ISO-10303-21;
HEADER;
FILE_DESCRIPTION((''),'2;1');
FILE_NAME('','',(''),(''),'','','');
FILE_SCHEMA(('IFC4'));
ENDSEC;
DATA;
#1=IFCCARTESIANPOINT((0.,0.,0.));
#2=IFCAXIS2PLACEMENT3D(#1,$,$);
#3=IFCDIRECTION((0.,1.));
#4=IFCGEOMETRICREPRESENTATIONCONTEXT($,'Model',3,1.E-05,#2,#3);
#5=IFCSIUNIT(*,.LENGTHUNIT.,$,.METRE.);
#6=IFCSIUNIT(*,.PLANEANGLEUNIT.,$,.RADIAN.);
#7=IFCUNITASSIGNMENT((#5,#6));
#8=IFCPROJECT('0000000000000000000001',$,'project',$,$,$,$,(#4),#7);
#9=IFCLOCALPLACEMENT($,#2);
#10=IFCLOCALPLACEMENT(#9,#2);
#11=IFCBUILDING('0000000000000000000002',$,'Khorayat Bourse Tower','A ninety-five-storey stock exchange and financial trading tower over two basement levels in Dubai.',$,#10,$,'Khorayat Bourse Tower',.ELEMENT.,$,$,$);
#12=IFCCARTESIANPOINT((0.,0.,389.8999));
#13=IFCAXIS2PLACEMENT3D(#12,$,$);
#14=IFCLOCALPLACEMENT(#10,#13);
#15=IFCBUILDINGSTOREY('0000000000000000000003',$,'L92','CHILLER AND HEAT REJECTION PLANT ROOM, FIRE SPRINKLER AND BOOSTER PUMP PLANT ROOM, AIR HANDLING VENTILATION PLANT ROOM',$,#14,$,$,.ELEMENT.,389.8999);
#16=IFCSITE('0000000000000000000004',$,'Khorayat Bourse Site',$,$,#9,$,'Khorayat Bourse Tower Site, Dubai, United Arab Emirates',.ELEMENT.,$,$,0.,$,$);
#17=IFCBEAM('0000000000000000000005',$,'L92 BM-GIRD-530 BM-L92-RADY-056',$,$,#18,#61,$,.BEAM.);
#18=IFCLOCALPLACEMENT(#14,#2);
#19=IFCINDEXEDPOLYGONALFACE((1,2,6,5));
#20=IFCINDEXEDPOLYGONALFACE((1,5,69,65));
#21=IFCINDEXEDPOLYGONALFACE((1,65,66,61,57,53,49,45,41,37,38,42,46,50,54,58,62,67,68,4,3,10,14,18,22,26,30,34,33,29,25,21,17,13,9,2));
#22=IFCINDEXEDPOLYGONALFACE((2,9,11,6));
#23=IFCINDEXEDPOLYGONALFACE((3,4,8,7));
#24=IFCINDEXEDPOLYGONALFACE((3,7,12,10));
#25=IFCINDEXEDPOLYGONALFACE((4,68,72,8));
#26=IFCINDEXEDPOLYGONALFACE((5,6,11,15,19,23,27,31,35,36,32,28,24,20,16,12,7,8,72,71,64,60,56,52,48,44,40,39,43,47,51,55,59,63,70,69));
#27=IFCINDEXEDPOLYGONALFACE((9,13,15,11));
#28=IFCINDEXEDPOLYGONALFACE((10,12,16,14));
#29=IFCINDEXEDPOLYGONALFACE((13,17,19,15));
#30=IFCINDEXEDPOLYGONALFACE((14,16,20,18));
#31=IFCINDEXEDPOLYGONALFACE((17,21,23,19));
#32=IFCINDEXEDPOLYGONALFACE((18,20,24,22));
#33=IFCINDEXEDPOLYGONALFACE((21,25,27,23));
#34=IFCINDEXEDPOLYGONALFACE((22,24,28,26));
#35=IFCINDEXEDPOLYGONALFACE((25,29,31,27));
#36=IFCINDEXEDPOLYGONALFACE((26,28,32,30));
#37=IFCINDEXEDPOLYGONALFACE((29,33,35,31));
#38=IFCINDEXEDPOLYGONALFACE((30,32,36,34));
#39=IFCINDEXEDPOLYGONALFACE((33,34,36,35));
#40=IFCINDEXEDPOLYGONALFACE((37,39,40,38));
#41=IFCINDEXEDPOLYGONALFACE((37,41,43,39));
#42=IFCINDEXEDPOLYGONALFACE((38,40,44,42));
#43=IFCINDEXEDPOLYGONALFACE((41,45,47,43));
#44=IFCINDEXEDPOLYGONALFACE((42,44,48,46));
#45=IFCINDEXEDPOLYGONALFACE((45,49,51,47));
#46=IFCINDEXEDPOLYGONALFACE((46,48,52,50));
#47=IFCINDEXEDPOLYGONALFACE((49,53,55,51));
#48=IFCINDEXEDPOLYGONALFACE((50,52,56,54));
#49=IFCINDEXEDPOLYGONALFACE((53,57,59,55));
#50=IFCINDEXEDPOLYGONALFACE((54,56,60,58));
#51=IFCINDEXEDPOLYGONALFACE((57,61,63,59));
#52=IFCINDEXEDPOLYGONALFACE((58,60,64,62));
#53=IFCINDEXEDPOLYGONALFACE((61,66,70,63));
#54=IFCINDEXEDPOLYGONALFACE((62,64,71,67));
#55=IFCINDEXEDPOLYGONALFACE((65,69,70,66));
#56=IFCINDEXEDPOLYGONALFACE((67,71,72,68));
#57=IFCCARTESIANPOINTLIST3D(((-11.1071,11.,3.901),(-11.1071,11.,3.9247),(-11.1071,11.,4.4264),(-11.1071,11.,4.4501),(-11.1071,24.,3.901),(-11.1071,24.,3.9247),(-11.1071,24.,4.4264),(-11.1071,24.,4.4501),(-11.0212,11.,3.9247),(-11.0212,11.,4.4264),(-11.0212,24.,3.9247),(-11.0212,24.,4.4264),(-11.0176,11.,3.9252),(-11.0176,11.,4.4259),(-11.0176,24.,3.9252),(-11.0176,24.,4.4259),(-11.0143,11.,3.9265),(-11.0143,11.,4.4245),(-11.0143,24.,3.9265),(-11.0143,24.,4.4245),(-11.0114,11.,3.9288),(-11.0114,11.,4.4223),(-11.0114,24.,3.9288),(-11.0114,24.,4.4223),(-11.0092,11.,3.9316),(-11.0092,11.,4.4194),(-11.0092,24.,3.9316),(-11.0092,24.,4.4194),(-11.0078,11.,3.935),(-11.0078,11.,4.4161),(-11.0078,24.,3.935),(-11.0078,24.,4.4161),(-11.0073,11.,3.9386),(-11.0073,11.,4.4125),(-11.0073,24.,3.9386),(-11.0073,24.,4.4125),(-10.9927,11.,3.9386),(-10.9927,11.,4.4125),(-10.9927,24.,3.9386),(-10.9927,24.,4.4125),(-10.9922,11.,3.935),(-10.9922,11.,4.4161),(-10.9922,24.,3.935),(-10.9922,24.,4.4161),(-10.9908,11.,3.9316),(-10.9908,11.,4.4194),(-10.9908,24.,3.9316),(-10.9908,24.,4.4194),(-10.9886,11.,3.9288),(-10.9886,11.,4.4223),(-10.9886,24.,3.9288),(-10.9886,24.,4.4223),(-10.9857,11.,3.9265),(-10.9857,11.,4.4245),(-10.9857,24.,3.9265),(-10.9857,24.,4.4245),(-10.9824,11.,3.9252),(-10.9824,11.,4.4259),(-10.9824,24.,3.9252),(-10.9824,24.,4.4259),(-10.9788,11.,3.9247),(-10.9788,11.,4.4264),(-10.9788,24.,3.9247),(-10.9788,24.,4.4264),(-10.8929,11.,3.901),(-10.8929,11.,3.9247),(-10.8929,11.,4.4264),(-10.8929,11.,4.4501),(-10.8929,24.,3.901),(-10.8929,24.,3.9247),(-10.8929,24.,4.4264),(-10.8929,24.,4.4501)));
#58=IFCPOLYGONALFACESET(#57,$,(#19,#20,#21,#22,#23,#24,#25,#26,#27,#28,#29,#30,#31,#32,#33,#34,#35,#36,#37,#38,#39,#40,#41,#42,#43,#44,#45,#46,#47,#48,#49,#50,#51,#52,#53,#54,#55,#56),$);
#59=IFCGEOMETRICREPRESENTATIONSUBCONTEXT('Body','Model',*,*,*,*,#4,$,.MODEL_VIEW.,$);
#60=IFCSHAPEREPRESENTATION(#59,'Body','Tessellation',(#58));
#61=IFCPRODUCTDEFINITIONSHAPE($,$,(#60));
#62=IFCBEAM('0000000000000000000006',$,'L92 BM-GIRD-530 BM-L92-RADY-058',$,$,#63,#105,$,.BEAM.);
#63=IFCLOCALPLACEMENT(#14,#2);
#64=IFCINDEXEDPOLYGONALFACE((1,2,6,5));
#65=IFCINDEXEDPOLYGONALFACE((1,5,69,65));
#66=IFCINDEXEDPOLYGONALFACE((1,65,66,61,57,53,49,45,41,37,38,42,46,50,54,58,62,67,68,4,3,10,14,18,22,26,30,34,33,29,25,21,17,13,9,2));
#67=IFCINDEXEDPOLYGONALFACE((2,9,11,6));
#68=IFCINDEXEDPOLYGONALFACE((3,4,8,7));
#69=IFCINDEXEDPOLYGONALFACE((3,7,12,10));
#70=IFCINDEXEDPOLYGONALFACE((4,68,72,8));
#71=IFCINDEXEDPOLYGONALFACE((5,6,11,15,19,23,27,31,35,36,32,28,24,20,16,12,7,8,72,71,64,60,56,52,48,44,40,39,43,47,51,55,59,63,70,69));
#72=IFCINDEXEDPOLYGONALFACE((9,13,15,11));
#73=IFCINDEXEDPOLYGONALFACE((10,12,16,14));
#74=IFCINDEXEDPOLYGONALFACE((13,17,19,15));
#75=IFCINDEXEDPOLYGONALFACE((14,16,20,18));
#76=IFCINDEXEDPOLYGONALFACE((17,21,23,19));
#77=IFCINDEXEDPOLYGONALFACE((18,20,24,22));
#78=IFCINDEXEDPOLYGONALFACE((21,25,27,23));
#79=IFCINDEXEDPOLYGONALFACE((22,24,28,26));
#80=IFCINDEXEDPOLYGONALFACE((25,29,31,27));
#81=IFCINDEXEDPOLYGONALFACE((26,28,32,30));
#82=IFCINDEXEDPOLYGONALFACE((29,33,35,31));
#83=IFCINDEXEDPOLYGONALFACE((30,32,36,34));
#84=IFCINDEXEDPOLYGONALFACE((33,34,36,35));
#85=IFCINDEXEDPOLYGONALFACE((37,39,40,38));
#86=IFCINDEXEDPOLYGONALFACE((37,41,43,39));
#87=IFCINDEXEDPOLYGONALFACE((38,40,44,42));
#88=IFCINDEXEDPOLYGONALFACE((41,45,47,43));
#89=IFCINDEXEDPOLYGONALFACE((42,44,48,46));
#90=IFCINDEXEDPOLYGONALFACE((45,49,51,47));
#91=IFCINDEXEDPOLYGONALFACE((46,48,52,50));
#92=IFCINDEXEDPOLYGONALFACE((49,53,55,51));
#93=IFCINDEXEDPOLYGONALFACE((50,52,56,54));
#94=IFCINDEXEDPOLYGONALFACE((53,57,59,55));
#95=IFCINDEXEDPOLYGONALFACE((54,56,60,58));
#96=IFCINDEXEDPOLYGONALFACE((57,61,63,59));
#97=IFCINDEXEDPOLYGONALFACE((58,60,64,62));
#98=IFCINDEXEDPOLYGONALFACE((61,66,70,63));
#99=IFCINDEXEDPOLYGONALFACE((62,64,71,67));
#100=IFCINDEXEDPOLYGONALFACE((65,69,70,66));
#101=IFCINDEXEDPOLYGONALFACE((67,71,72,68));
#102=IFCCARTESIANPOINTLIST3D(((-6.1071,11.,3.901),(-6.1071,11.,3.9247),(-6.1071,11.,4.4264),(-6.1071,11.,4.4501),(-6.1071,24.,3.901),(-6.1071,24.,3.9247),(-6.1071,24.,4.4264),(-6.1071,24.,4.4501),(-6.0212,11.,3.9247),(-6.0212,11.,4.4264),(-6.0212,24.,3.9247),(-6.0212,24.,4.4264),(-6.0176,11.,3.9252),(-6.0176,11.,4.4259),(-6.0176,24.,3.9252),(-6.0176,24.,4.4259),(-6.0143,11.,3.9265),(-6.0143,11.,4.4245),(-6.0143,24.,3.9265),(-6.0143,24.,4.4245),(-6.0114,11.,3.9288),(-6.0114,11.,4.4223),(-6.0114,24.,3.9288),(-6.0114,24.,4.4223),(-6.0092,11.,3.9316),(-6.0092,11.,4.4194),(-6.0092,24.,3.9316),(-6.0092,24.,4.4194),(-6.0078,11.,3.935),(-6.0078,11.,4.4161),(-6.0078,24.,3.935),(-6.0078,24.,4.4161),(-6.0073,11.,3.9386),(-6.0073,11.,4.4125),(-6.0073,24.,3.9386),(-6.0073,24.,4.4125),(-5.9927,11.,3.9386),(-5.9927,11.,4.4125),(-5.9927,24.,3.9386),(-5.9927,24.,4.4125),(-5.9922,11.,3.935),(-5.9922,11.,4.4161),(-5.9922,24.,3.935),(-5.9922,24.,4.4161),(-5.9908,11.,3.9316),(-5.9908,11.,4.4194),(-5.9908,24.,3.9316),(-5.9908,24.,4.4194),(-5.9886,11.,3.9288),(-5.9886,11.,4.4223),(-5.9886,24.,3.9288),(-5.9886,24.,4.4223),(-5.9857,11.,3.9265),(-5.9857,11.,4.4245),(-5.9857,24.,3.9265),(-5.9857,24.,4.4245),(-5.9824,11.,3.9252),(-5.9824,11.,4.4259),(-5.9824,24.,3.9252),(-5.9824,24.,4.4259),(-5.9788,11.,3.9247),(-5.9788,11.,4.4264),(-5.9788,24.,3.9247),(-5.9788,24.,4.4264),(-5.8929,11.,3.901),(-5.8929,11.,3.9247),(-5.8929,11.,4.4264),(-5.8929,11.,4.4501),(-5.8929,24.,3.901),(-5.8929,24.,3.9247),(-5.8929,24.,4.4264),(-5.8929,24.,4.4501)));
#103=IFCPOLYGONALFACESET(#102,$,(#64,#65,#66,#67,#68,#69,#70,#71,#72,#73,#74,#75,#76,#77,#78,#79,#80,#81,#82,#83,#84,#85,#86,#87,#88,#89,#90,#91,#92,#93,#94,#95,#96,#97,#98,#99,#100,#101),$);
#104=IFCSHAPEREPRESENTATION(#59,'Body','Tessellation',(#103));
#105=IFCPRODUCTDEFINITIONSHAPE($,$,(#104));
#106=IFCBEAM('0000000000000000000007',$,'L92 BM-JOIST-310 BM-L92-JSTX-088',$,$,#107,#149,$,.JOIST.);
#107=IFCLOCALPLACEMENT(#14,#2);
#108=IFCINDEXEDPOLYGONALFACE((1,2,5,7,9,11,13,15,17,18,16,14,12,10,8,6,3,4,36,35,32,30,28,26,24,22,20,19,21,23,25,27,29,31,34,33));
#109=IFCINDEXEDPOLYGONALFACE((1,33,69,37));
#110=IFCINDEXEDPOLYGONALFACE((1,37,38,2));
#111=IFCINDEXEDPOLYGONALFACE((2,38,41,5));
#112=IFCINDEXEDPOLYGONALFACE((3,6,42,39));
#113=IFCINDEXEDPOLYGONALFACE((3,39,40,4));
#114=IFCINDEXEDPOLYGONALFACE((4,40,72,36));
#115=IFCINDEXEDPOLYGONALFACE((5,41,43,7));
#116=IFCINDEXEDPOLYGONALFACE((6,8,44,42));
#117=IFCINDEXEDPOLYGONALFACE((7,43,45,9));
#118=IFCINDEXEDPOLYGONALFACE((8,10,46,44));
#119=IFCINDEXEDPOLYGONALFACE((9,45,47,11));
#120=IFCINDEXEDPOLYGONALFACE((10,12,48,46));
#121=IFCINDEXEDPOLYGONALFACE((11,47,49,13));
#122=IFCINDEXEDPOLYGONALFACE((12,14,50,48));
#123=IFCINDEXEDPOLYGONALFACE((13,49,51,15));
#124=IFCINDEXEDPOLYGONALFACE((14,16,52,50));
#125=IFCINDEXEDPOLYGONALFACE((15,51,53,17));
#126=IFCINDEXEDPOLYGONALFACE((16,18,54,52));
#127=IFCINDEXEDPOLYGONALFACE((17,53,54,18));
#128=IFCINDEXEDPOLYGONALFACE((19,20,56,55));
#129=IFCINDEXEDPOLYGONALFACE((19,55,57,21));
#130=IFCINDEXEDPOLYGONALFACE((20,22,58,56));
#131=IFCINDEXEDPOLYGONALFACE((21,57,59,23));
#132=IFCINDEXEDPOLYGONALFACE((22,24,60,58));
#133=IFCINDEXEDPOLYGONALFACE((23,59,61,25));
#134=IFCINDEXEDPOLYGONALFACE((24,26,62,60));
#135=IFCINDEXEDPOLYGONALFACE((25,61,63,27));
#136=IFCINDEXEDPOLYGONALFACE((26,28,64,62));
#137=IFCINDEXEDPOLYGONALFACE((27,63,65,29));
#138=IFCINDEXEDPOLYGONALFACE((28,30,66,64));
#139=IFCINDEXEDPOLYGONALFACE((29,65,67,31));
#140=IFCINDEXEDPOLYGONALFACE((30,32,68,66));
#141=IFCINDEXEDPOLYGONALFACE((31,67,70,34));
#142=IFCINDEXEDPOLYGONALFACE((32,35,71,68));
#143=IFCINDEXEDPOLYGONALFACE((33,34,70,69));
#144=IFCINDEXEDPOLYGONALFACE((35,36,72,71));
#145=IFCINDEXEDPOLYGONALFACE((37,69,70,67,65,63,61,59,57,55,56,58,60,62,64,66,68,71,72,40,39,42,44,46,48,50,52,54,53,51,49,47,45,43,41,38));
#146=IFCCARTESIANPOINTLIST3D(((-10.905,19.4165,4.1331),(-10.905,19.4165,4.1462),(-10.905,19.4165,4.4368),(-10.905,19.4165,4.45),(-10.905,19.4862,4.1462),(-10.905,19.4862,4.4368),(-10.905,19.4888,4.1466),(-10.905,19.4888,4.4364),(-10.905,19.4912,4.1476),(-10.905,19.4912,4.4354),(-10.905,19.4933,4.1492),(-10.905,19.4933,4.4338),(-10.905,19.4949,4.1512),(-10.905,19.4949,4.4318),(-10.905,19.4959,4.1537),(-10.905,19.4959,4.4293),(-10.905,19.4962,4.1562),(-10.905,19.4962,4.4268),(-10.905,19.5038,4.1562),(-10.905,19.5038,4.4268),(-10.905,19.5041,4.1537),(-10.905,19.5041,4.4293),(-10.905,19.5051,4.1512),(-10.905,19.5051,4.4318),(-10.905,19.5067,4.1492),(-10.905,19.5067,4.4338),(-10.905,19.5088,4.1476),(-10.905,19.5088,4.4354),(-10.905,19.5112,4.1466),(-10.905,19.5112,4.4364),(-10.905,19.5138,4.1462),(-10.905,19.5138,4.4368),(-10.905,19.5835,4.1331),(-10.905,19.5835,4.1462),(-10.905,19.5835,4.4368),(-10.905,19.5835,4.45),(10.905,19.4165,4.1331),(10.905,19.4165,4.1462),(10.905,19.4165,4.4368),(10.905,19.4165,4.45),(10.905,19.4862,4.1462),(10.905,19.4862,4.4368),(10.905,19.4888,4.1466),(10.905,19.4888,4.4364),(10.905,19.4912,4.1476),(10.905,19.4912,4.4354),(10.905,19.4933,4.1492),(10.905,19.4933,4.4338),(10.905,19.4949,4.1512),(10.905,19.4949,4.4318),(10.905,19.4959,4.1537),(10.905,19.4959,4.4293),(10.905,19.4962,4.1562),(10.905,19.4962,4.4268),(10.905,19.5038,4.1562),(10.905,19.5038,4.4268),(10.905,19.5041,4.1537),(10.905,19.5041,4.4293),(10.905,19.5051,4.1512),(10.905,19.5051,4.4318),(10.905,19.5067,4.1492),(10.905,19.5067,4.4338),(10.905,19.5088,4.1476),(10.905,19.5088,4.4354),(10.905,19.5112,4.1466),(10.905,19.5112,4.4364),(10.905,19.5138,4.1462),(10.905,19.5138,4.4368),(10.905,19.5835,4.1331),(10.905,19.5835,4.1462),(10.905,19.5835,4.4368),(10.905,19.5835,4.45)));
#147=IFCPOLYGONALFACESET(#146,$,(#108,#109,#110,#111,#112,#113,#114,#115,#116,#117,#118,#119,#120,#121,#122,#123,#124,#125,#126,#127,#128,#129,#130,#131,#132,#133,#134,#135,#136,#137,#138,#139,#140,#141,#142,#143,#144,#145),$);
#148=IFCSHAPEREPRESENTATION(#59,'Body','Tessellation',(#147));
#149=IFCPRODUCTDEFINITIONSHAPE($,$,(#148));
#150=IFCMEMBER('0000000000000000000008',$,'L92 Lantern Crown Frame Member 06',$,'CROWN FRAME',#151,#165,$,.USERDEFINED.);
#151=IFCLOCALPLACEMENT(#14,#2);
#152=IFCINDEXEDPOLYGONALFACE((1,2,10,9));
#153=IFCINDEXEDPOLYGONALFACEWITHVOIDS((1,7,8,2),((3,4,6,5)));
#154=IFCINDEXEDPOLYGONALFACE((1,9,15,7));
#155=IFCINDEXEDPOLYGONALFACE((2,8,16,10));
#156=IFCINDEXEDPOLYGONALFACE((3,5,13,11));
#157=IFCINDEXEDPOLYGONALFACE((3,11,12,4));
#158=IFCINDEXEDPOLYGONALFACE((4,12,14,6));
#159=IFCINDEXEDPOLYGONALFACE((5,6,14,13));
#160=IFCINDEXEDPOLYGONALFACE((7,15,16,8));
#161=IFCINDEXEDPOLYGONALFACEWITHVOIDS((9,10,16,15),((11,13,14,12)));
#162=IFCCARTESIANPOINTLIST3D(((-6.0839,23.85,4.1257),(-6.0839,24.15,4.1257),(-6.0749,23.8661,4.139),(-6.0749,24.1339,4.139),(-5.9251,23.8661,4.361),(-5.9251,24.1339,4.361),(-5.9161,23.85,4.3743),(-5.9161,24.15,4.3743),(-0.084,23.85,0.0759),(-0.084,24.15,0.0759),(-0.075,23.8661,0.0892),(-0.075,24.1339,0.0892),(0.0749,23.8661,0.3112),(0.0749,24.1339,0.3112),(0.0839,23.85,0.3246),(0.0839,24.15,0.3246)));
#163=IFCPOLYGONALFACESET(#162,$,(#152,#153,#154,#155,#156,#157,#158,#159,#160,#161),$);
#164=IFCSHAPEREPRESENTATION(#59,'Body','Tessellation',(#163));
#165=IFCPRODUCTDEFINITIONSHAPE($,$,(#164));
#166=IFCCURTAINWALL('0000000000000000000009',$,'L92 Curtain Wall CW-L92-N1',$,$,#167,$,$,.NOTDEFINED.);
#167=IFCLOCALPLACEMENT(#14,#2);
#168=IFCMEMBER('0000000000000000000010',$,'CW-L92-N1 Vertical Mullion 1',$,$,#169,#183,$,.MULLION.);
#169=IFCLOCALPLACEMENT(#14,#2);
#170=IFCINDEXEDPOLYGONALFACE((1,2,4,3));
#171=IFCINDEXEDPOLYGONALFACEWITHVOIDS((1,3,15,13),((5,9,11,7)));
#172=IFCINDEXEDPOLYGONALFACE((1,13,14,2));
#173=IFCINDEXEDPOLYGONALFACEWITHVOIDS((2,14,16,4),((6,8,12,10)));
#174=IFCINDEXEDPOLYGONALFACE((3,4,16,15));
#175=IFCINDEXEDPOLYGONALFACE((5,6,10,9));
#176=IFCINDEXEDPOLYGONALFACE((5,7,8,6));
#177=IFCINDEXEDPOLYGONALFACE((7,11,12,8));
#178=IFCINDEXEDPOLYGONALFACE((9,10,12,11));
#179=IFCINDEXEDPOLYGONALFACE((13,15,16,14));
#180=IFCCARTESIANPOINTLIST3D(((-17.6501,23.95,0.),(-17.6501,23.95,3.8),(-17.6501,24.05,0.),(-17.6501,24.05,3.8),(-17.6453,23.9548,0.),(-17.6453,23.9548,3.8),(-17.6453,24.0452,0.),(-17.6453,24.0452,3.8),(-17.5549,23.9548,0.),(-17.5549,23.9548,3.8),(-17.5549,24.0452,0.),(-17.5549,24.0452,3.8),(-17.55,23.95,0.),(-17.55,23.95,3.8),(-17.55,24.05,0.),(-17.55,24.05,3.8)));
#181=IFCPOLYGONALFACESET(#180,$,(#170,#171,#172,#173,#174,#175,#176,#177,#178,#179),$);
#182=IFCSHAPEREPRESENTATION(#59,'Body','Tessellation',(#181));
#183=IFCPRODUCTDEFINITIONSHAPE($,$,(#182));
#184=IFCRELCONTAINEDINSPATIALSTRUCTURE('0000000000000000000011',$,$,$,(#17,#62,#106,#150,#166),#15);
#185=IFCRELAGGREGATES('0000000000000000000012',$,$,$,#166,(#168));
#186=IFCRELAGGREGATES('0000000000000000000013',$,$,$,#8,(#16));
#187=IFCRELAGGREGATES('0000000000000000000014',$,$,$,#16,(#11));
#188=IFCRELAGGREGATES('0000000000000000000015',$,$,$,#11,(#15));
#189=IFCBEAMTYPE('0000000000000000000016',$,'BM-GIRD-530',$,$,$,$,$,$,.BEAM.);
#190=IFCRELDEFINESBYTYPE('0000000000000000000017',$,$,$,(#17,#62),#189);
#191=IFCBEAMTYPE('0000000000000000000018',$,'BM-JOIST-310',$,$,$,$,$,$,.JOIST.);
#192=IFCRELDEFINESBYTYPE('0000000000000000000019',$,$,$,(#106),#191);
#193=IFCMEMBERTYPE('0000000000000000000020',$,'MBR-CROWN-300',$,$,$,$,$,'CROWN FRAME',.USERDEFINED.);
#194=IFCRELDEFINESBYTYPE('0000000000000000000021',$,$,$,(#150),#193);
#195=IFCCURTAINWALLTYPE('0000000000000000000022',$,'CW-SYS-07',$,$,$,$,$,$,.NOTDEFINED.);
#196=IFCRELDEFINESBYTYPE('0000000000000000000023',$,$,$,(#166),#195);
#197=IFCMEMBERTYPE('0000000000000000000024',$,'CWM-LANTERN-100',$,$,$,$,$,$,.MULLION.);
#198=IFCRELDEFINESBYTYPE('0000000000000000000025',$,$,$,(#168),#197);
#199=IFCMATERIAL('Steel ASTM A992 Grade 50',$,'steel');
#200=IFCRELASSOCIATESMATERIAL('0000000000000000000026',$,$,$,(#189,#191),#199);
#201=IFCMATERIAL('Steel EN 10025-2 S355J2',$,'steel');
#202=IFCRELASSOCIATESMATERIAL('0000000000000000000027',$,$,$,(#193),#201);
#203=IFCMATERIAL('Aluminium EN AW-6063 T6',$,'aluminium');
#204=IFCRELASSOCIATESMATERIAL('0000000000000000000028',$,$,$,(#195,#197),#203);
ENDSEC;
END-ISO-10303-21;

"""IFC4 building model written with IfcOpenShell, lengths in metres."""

from ifc_helpers import new_model, si_unit, direction, frame, origin, origin_2d, place, context, subcontext, project, spatial, hollow_rectangle, i_section, extrude, source, transform, mapped, material, material_profile, profile_set, type_object, element, aggregate, save


model = new_model("IFC4")

# Units and contexts
model_context = context("Model", 3, precision=1e-05, world=origin(), true_north=direction((0.0, 1.0)))
body_context = subcontext(model_context, "Body", "Model", "MODEL_VIEW")
ifc_project = project(units=[si_unit("LENGTHUNIT", "METRE"), si_unit("PLANEANGLEUNIT", "RADIAN")], contexts=[model_context])

# Site, building, storey
site_placement = place(None, origin())
site = spatial("IfcSite", under=ifc_project, at=site_placement, Name="Khorayat Bourse Site", LongName="Khorayat Bourse Tower Site, Dubai, United Arab Emirates", CompositionType="ELEMENT", RefElevation=0.0)
building_placement = place(site_placement, origin())
building = spatial("IfcBuilding", under=site, at=building_placement, Name="Khorayat Bourse Tower", Description="A ninety-five-storey stock exchange and financial trading tower over two basement levels in Dubai.", LongName="Khorayat Bourse Tower", CompositionType="ELEMENT")
storey_placement = place(building_placement, frame((0.0, 0.0, 389.8999)))
storey = spatial("IfcBuildingStorey", under=building, at=storey_placement, Name="L92", Description="CHILLER AND HEAT REJECTION PLANT ROOM, FIRE SPRINKLER AND BOOSTER PUMP PLANT ROOM, AIR HANDLING VENTILATION PLANT ROOM", CompositionType="ELEMENT", Elevation=389.8999)

# Shared definitions
ifc_material_1 = material(Name="Steel EN 10025-2 S355J2", Category="steel")

# Beams
ifc_material_2 = material(Name="Steel ASTM A992 Grade 50", Category="steel")
ifc_material_profile_1 = material_profile(ifc_material_2, i_section(OverallWidth=0.2141, OverallDepth=0.5491, WebThickness=0.0146, FlangeThickness=0.0237, FilletRadius=0.0139, at=origin_2d()), Name="W530X138")
ifc_profile_set_1 = profile_set([ifc_material_profile_1], Name="Steel ASTM A992 Grade 50")
beam_type_1 = type_object("IfcBeamType", Name="BM-GIRD-530", PredefinedType="BEAM", material=ifc_profile_set_1)
shared_shape_1 = source(origin(), body_context, "Body", "SweptSolid", [
    extrude(i_section(OverallWidth=0.2141, OverallDepth=0.5491, WebThickness=0.0146, FlangeThickness=0.0237, FilletRadius=0.0139, at=origin_2d()), origin(), (0.0, 0.0, 1.0), 13.0),
])
for number, where, z_axis, x_axis, name in (
    (1, (-11.0, 11.0, 4.1755), (0.0, 1.0, 0.0), (-1.0, 0.0, 0.0), "L92 BM-GIRD-530 BM-L92-RADY-056"),
    (2, (-6.0, 11.0, 4.1755), (0.0, 1.0, 0.0), (-1.0, 0.0, 0.0), "L92 BM-GIRD-530 BM-L92-RADY-058"),
):
    element("IfcBeam", number, at=place(storey_placement, frame(where, z_axis=z_axis, x_axis=x_axis)), inside=storey, type_object=beam_type_1, Name=name, PredefinedType="BEAM", context=body_context, shape_type="MappedRepresentation", body=[
        mapped(shared_shape_1, transform((0.0, 0.0, 0.0), scale=1.0)),
    ])
ifc_material_profile_2 = material_profile(ifc_material_2, i_section(OverallWidth=0.167, OverallDepth=0.3169, WebThickness=0.0076, FlangeThickness=0.0132, FilletRadius=0.01, at=origin_2d()), Name="W310X52")
ifc_profile_set_2 = profile_set([ifc_material_profile_2], Name="Steel ASTM A992 Grade 50")
beam_type_2 = type_object("IfcBeamType", Name="BM-JOIST-310", PredefinedType="JOIST", material=ifc_profile_set_2)
shared_shape_2 = source(origin(), body_context, "Body", "SweptSolid", [
    extrude(i_section(OverallWidth=0.167, OverallDepth=0.3169, WebThickness=0.0076, FlangeThickness=0.0132, FilletRadius=0.01, at=origin_2d()), origin(), (0.0, 0.0, 1.0), 21.8101),
])
beam_1_placement = place(storey_placement, frame((-10.905, 19.5, 4.2915), z_axis=(1.0, 0.0, 0.0), x_axis=(0.0, 1.0, 0.0)))
element("IfcBeam", 3, at=beam_1_placement, inside=storey, type_object=beam_type_2, Name="L92 BM-JOIST-310 BM-L92-JSTX-088", PredefinedType="JOIST", context=body_context, shape_type="MappedRepresentation", body=[
    mapped(shared_shape_2, transform((0.0, 0.0, 0.0), scale=1.0)),
])

# Member
ifc_material_profile_3 = material_profile(ifc_material_1, hollow_rectangle(XDim=0.3, YDim=0.3, WallThickness=0.0161, at=origin_2d()), Name="HSS 300x300x16")
ifc_profile_set_3 = profile_set([ifc_material_profile_3], Name="Steel EN 10025-2 S355J2")
member_type_1 = type_object("IfcMemberType", Name="MBR-CROWN-300", ElementType="CROWN FRAME", PredefinedType="USERDEFINED", material=ifc_profile_set_3)
shared_shape_3 = source(origin(), body_context, "Body", "SweptSolid", [
    extrude(hollow_rectangle(XDim=0.3, YDim=0.3, WallThickness=0.0161, at=origin_2d()), origin(), (0.0, 0.0, 1.0), 7.2388),
])
member_1_placement = place(storey_placement, frame((-6.0, 24.0, 4.25), z_axis=(0.828861, 0.0, -0.559454), x_axis=(0.0, 1.0, 0.0)))
element("IfcMember", 4, at=member_1_placement, inside=storey, type_object=member_type_1, Name="L92 Lantern Crown Frame Member 06", ObjectType="CROWN FRAME", PredefinedType="USERDEFINED", context=body_context, shape_type="MappedRepresentation", body=[
    mapped(shared_shape_3, transform((0.0, 0.0, 0.0), scale=1.0)),
])

# Curtain wall, member
ifc_material_3 = material(Name="Aluminium EN AW-6063 T6", Category="aluminium")
curtain_wall_type = type_object("IfcCurtainWallType", Name="CW-SYS-07", PredefinedType="NOTDEFINED", material=ifc_material_3)
curtain_wall_placement = place(storey_placement, origin())
curtain_wall = element("IfcCurtainWall", 5, at=curtain_wall_placement, inside=storey, type_object=curtain_wall_type, Name="L92 Curtain Wall CW-L92-N1", PredefinedType="NOTDEFINED")
ifc_material_profile_4 = material_profile(ifc_material_3, hollow_rectangle(XDim=0.1001, YDim=0.1001, WallThickness=0.0049, at=origin_2d()), Name="ALU 100x100x5")
ifc_profile_set_4 = profile_set([ifc_material_profile_4], Name="Aluminium EN AW-6063 T6")
member_type_2 = type_object("IfcMemberType", Name="CWM-LANTERN-100", PredefinedType="MULLION", material=ifc_profile_set_4)
shared_shape_4 = source(origin(), body_context, "Body", "SweptSolid", [
    extrude(hollow_rectangle(XDim=0.1001, YDim=0.1001, WallThickness=0.0049, at=origin_2d()), origin(), (0.0, 0.0, 1.0), 3.8),
])
member_2_placement = place(storey_placement, frame((-17.6001, 24.0, 0.0), z_axis=(0.0, 0.0, 1.0), x_axis=(0.0, 1.0, 0.0)))
member_2 = element("IfcMember", 6, at=member_2_placement, type_object=member_type_2, Name="CW-L92-N1 Vertical Mullion 1", PredefinedType="MULLION", context=body_context, shape_type="MappedRepresentation", body=[
    mapped(shared_shape_4, transform((0.0, 0.0, 0.0), scale=1.0)),
])

aggregate(curtain_wall, [member_2])

save(model, "model.ifc")
